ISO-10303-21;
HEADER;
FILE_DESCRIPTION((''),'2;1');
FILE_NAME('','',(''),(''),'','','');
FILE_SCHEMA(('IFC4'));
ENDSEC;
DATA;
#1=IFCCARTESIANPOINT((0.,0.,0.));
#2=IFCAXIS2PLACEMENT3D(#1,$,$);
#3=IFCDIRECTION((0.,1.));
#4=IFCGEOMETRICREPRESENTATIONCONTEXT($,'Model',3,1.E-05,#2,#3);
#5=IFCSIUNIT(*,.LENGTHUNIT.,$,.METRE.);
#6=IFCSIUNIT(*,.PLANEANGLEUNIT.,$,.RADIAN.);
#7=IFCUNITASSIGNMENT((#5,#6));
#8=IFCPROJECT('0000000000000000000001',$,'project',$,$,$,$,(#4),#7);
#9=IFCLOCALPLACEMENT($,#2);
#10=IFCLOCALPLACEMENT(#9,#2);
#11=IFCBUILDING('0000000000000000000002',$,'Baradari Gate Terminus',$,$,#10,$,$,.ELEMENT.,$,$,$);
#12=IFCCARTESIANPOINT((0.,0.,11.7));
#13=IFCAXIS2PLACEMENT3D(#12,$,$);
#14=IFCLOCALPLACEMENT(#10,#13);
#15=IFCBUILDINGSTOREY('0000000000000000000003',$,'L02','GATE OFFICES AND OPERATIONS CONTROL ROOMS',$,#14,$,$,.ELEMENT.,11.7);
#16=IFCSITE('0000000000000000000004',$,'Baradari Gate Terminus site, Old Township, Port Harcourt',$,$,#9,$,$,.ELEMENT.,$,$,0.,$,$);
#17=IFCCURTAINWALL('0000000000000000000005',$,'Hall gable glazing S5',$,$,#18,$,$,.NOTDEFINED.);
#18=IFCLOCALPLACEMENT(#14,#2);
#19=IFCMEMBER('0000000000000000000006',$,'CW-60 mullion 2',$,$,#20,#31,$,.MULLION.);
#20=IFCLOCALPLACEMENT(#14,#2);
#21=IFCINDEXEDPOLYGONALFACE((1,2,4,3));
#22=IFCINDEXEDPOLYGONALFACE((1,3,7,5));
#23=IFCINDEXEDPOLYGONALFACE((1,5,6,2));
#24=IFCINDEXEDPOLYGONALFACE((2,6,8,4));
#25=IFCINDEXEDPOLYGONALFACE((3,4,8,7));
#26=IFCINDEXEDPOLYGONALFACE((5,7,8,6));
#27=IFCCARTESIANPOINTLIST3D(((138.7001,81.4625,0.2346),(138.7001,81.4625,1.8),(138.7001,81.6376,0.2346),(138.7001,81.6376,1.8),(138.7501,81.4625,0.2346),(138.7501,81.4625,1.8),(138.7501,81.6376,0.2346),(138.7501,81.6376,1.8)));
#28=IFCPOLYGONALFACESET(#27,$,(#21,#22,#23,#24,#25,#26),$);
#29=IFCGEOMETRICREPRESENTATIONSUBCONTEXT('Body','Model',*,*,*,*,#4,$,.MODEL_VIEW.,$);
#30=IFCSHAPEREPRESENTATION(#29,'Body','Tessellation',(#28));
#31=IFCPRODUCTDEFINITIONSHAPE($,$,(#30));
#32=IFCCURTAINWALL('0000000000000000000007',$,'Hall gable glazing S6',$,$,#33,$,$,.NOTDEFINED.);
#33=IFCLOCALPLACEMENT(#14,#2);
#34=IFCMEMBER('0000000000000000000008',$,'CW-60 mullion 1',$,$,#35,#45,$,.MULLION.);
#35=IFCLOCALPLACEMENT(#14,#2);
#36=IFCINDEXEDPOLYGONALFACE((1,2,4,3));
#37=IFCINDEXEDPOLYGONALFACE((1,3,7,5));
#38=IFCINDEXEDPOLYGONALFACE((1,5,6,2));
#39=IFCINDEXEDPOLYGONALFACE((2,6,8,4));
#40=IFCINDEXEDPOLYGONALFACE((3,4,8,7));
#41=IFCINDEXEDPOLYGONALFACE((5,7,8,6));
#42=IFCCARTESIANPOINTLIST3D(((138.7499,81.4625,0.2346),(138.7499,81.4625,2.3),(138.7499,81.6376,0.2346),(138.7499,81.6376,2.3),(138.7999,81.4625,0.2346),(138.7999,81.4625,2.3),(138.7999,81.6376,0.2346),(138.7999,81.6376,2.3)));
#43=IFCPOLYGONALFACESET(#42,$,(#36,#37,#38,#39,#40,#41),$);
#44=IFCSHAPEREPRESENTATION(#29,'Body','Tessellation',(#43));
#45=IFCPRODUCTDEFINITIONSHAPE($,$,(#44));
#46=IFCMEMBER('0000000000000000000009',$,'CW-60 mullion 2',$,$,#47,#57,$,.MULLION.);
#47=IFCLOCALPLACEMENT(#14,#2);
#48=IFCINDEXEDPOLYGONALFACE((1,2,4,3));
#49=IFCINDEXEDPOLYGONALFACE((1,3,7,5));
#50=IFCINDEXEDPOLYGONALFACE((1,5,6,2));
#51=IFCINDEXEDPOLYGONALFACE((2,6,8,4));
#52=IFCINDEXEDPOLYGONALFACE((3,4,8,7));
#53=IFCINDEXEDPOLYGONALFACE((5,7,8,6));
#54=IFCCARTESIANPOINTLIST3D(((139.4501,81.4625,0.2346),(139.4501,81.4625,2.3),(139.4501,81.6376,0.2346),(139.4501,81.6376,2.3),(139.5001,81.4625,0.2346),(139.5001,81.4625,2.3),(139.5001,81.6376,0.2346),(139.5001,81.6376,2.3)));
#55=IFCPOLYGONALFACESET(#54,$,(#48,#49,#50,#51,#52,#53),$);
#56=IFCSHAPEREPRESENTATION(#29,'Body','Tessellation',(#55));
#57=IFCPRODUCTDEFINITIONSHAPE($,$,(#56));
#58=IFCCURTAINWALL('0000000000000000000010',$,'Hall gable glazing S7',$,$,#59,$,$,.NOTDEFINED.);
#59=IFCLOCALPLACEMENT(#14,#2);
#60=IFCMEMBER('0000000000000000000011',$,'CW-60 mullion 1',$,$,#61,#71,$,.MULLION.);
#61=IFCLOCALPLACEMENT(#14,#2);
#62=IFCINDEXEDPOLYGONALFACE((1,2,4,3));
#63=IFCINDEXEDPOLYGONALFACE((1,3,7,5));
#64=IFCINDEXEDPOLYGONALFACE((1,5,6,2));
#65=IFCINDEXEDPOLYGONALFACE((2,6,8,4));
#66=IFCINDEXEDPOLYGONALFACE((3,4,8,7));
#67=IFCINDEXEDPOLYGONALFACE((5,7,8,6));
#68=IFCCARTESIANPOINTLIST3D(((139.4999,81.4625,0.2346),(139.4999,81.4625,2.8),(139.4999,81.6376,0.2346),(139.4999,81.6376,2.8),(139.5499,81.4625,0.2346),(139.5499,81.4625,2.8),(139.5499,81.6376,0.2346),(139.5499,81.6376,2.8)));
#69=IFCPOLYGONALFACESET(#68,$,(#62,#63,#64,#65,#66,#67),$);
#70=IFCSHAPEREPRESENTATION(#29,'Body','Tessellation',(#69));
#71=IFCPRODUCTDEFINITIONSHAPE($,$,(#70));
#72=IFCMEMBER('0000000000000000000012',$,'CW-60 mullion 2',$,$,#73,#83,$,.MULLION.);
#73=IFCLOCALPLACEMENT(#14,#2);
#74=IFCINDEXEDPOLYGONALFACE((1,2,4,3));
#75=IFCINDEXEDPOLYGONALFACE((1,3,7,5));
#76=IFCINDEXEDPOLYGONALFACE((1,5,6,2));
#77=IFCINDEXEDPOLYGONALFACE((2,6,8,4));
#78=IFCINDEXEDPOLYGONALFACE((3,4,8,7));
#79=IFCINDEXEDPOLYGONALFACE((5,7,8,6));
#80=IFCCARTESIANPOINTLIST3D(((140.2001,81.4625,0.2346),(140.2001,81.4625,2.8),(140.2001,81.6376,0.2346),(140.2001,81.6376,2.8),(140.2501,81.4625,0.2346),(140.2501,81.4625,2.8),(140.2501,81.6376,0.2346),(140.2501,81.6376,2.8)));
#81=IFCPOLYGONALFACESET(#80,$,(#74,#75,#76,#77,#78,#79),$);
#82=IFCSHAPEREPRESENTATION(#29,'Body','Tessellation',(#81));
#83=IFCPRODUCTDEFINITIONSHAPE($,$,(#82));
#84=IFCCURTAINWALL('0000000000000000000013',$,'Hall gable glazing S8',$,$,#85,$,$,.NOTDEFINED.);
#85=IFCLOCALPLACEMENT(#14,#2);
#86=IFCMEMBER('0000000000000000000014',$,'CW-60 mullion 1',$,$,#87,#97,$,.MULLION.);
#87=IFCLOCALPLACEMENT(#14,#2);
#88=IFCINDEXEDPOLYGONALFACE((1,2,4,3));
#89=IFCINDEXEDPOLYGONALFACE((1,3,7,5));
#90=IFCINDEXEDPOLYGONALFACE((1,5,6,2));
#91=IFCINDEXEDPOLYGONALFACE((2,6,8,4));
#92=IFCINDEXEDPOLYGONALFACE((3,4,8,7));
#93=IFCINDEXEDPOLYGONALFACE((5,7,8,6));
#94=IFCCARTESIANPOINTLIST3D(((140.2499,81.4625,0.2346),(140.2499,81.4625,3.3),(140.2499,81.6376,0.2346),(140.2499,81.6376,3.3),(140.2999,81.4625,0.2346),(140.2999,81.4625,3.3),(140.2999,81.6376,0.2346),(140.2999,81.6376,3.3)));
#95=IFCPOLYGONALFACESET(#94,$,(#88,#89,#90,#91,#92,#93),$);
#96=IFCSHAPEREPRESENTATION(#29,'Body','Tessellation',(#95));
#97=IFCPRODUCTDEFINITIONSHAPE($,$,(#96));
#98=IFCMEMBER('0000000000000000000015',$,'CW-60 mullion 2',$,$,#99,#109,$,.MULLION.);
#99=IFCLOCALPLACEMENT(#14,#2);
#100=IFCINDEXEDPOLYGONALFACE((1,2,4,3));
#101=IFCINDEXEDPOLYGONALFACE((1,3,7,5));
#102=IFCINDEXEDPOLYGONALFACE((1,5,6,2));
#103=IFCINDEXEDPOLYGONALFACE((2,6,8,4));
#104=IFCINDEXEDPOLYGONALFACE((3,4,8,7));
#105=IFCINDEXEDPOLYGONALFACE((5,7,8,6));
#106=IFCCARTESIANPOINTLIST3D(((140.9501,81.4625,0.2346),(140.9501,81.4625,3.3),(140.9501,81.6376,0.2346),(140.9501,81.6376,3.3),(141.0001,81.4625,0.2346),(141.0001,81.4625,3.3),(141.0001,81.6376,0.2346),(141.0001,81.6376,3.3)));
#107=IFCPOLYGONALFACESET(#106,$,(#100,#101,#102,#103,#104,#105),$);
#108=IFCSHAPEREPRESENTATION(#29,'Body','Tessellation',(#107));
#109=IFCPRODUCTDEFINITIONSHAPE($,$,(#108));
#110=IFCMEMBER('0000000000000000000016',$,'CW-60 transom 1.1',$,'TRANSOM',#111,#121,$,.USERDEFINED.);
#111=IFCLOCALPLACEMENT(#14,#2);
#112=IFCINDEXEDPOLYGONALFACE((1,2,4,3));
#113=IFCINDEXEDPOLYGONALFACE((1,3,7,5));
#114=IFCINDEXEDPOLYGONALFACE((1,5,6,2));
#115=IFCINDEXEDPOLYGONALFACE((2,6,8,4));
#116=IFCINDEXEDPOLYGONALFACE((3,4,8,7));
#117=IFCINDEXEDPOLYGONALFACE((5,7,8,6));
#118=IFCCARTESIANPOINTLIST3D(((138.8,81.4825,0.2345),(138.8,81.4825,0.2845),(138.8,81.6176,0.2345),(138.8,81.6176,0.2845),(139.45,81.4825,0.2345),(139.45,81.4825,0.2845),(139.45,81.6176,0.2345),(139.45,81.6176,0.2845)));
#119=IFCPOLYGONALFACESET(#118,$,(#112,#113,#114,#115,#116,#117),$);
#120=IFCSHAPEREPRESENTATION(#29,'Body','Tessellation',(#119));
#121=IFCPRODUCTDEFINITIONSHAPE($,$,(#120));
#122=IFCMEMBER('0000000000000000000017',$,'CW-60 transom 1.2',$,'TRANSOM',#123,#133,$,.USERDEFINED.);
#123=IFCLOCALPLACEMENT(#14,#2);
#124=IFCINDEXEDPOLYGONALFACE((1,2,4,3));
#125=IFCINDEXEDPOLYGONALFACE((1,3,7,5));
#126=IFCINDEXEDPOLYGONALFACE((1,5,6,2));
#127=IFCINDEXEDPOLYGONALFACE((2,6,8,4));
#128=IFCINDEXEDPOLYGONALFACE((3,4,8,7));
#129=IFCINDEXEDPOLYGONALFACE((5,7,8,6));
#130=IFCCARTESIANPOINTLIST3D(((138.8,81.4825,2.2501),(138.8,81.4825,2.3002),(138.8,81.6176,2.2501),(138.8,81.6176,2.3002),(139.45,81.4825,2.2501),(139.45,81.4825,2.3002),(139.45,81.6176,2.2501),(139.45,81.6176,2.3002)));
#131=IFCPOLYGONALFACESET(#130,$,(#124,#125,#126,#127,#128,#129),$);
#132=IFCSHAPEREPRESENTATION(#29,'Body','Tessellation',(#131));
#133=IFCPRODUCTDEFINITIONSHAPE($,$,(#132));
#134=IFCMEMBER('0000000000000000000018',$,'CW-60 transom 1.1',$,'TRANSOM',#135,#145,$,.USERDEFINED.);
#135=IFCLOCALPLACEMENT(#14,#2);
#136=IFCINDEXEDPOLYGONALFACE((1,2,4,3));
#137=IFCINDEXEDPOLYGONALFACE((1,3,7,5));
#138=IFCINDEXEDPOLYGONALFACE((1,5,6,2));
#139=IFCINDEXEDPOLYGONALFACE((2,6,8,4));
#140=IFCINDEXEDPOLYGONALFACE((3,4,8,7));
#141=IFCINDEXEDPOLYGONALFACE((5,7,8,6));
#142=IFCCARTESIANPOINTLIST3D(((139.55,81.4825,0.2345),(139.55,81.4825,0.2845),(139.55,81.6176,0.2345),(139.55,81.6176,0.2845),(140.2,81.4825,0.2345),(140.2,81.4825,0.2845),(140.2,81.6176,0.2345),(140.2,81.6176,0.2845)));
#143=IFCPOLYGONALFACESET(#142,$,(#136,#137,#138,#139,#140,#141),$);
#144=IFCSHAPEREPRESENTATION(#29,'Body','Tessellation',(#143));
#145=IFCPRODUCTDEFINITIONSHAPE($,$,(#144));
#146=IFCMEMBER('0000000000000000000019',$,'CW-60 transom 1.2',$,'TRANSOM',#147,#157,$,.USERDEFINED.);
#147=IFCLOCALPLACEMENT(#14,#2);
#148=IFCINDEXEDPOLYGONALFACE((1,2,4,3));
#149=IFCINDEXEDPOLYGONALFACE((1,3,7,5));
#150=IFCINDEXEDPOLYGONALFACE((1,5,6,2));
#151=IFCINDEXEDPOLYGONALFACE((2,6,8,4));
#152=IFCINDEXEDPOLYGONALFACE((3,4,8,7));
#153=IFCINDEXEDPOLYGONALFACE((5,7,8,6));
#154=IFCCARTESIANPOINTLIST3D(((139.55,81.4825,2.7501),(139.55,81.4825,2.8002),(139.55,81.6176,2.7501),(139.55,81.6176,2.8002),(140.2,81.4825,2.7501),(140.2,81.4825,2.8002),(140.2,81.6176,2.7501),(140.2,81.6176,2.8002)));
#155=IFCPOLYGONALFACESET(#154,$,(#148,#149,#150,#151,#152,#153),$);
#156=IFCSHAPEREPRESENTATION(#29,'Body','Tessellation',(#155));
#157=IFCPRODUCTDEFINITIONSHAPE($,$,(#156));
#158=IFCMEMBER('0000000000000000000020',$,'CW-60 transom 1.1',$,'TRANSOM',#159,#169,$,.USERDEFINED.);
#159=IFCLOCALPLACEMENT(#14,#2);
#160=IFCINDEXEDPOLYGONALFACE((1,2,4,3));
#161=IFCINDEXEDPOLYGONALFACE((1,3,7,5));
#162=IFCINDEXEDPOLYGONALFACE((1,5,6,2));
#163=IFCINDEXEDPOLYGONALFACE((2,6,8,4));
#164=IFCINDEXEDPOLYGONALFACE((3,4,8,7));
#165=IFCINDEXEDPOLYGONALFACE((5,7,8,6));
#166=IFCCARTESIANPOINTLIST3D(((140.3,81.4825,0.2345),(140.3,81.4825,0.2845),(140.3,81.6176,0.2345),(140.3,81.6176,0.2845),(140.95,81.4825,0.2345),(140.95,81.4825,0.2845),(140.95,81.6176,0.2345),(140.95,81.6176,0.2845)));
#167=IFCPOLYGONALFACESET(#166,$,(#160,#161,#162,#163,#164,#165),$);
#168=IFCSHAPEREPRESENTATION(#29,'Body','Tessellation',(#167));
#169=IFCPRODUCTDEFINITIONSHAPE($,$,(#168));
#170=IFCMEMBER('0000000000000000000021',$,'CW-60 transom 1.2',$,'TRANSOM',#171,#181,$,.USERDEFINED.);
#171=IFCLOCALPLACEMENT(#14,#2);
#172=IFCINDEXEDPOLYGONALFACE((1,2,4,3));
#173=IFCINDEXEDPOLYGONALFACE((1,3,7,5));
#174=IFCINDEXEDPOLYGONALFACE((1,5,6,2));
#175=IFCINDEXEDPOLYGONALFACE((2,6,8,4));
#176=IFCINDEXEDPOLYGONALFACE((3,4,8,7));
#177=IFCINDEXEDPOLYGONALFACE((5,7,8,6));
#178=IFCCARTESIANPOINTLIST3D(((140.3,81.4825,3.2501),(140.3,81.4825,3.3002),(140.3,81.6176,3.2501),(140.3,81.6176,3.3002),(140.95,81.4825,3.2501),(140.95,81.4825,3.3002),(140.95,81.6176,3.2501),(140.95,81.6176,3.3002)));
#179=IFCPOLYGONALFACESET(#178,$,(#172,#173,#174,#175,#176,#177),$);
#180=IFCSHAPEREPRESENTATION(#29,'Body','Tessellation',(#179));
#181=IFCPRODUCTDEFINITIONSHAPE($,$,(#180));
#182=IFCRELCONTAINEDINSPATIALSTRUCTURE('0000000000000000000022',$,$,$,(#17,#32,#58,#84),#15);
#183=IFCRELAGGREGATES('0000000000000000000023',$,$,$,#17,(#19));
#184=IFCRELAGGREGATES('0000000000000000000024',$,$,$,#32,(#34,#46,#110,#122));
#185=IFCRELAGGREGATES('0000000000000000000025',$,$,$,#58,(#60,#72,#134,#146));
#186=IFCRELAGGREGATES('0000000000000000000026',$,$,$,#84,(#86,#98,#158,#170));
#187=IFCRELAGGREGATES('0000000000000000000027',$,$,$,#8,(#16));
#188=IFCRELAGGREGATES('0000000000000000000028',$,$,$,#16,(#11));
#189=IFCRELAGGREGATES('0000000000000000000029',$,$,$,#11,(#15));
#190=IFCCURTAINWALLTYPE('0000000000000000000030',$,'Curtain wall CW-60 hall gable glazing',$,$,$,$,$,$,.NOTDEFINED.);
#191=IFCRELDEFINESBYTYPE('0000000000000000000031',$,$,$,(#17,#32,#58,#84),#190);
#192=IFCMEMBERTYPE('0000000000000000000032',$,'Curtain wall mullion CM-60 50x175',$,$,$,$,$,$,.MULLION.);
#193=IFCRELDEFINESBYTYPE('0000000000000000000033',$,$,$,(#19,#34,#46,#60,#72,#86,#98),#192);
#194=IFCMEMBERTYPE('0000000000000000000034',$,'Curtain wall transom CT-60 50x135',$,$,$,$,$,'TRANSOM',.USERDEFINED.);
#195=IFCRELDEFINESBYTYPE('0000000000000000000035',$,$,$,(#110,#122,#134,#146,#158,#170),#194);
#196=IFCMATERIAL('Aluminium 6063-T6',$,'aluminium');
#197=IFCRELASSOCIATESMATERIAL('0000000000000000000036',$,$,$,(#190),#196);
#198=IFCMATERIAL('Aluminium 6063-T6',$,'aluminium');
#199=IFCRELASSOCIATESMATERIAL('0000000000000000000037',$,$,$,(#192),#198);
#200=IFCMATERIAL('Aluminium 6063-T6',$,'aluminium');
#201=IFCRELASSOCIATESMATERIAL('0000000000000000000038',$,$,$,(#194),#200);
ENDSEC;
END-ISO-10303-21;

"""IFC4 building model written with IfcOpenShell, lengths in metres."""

from ifc_helpers import new_model, si_unit, direction, frame, origin, origin_2d, place, context, subcontext, project, spatial, rectangle, extrude, material, material_profile, profile_set, type_object, element, aggregate, save


model = new_model("IFC4")

# Units and contexts
model_context = context("Model", 3, precision=1e-05, world=origin(), true_north=direction((0.0, 1.0)))
body_context = subcontext(model_context, "Body", "Model", "MODEL_VIEW")
ifc_project = project(units=[si_unit("LENGTHUNIT", "METRE"), si_unit("PLANEANGLEUNIT", "RADIAN")], contexts=[model_context])

# Site, building, storey
site_placement = place(None, origin())
site = spatial("IfcSite", under=ifc_project, at=site_placement, Name="Baradari Gate Terminus site, Old Township, Port Harcourt", CompositionType="ELEMENT", RefElevation=0.0)
building_placement = place(site_placement, origin())
building = spatial("IfcBuilding", under=site, at=building_placement, Name="Baradari Gate Terminus", CompositionType="ELEMENT")
storey_placement = place(building_placement, frame((0.0, 0.0, 11.7)))
storey = spatial("IfcBuildingStorey", under=building, at=storey_placement, Name="L02", Description="GATE OFFICES AND OPERATIONS CONTROL ROOMS", CompositionType="ELEMENT", Elevation=11.7)

# Curtain wall, member
ifc_material_1 = material(Name="Aluminium 6063-T6", Category="aluminium")
curtain_wall_type = type_object("IfcCurtainWallType", Name="Curtain wall CW-60 hall gable glazing", PredefinedType="NOTDEFINED", material=ifc_material_1)
curtain_wall_1_placement = place(storey_placement, origin())
curtain_wall_1 = element("IfcCurtainWall", 1, at=curtain_wall_1_placement, inside=storey, type_object=curtain_wall_type, Name="Hall gable glazing S5", PredefinedType="NOTDEFINED")
ifc_material_2 = material(Name="Aluminium 6063-T6", Category="aluminium")
ifc_material_profile_1 = material_profile(ifc_material_2, rectangle(XDim=0.175, YDim=0.05, at=origin_2d()), Name="CM-60 50X175")
ifc_profile_set_1 = profile_set([ifc_material_profile_1], Name="Aluminium 6063-T6")
member_type_1 = type_object("IfcMemberType", Name="Curtain wall mullion CM-60 50x175", PredefinedType="MULLION", material=ifc_profile_set_1)
member_1_placement = place(storey_placement, frame((138.7251, 81.55, 0.2346), z_axis=(0.0, 0.0, 1.0), x_axis=(0.0, 1.0, 0.0)))
member_1 = element("IfcMember", 2, at=member_1_placement, type_object=member_type_1, Name="CW-60 mullion 2", PredefinedType="MULLION", context=body_context, shape_type="SweptSolid", body=[
    extrude(rectangle(XDim=0.175, YDim=0.05, at=origin_2d()), origin(), (0.0, 0.0, 1.0), 1.5654),
])
aggregate(curtain_wall_1, [member_1])

# Curtain walls, members
curtain_wall_2_placement = place(storey_placement, origin())
curtain_wall_2 = element("IfcCurtainWall", 3, at=curtain_wall_2_placement, inside=storey, type_object=curtain_wall_type, Name="Hall gable glazing S6", PredefinedType="NOTDEFINED")
member_2_placement = place(storey_placement, frame((138.7749, 81.55, 0.2346), z_axis=(0.0, 0.0, 1.0), x_axis=(0.0, 1.0, 0.0)))
member_2 = element("IfcMember", 4, at=member_2_placement, type_object=member_type_1, Name="CW-60 mullion 1", PredefinedType="MULLION", context=body_context, shape_type="SweptSolid", body=[
    extrude(rectangle(XDim=0.175, YDim=0.05, at=origin_2d()), origin(), (0.0, 0.0, 1.0), 2.0654),
])
member_3_placement = place(storey_placement, frame((139.4751, 81.55, 0.2346), z_axis=(0.0, 0.0, 1.0), x_axis=(0.0, 1.0, 0.0)))
member_3 = element("IfcMember", 5, at=member_3_placement, type_object=member_type_1, Name="CW-60 mullion 2", PredefinedType="MULLION", context=body_context, shape_type="SweptSolid", body=[
    extrude(rectangle(XDim=0.175, YDim=0.05, at=origin_2d()), origin(), (0.0, 0.0, 1.0), 2.0654),
])
curtain_wall_3_placement = place(storey_placement, origin())
curtain_wall_3 = element("IfcCurtainWall", 6, at=curtain_wall_3_placement, inside=storey, type_object=curtain_wall_type, Name="Hall gable glazing S7", PredefinedType="NOTDEFINED")
member_4_placement = place(storey_placement, frame((139.5249, 81.55, 0.2346), z_axis=(0.0, 0.0, 1.0), x_axis=(0.0, 1.0, 0.0)))
member_4 = element("IfcMember", 7, at=member_4_placement, type_object=member_type_1, Name="CW-60 mullion 1", PredefinedType="MULLION", context=body_context, shape_type="SweptSolid", body=[
    extrude(rectangle(XDim=0.175, YDim=0.05, at=origin_2d()), origin(), (0.0, 0.0, 1.0), 2.5654),
])
member_5_placement = place(storey_placement, frame((140.2251, 81.55, 0.2346), z_axis=(0.0, 0.0, 1.0), x_axis=(0.0, 1.0, 0.0)))
member_5 = element("IfcMember", 8, at=member_5_placement, type_object=member_type_1, Name="CW-60 mullion 2", PredefinedType="MULLION", context=body_context, shape_type="SweptSolid", body=[
    extrude(rectangle(XDim=0.175, YDim=0.05, at=origin_2d()), origin(), (0.0, 0.0, 1.0), 2.5654),
])
curtain_wall_4_placement = place(storey_placement, origin())
curtain_wall_4 = element("IfcCurtainWall", 9, at=curtain_wall_4_placement, inside=storey, type_object=curtain_wall_type, Name="Hall gable glazing S8", PredefinedType="NOTDEFINED")
member_6_placement = place(storey_placement, frame((140.2749, 81.55, 0.2346), z_axis=(0.0, 0.0, 1.0), x_axis=(0.0, 1.0, 0.0)))
member_6 = element("IfcMember", 10, at=member_6_placement, type_object=member_type_1, Name="CW-60 mullion 1", PredefinedType="MULLION", context=body_context, shape_type="SweptSolid", body=[
    extrude(rectangle(XDim=0.175, YDim=0.05, at=origin_2d()), origin(), (0.0, 0.0, 1.0), 3.0654),
])
member_7_placement = place(storey_placement, frame((140.9751, 81.55, 0.2346), z_axis=(0.0, 0.0, 1.0), x_axis=(0.0, 1.0, 0.0)))
member_7 = element("IfcMember", 11, at=member_7_placement, type_object=member_type_1, Name="CW-60 mullion 2", PredefinedType="MULLION", context=body_context, shape_type="SweptSolid", body=[
    extrude(rectangle(XDim=0.175, YDim=0.05, at=origin_2d()), origin(), (0.0, 0.0, 1.0), 3.0654),
])

# Members
ifc_material_3 = material(Name="Aluminium 6063-T6", Category="aluminium")
ifc_material_profile_2 = material_profile(ifc_material_3, rectangle(XDim=0.135, YDim=0.05, at=origin_2d()), Name="CT-60 50X135")
ifc_profile_set_2 = profile_set([ifc_material_profile_2], Name="Aluminium 6063-T6")
member_type_2 = type_object("IfcMemberType", Name="Curtain wall transom CT-60 50x135", ElementType="TRANSOM", PredefinedType="USERDEFINED", material=ifc_profile_set_2)
member_8_placement = place(storey_placement, frame((138.8, 81.55, 0.2595), z_axis=(1.0, 0.0, 0.0), x_axis=(0.0, 1.0, 0.0)))
member_8 = element("IfcMember", 12, at=member_8_placement, type_object=member_type_2, Name="CW-60 transom 1.1", ObjectType="TRANSOM", PredefinedType="USERDEFINED", context=body_context, shape_type="SweptSolid", body=[
    extrude(rectangle(XDim=0.135, YDim=0.05, at=origin_2d()), origin(), (0.0, 0.0, 1.0), 0.6499),
])
member_9_placement = place(storey_placement, frame((138.8, 81.55, 2.2751), z_axis=(1.0, 0.0, 0.0), x_axis=(0.0, 1.0, 0.0)))
member_9 = element("IfcMember", 13, at=member_9_placement, type_object=member_type_2, Name="CW-60 transom 1.2", ObjectType="TRANSOM", PredefinedType="USERDEFINED", context=body_context, shape_type="SweptSolid", body=[
    extrude(rectangle(XDim=0.135, YDim=0.05, at=origin_2d()), origin(), (0.0, 0.0, 1.0), 0.6499),
])
member_10_placement = place(storey_placement, frame((139.55, 81.55, 0.2595), z_axis=(1.0, 0.0, 0.0), x_axis=(0.0, 1.0, 0.0)))
member_10 = element("IfcMember", 14, at=member_10_placement, type_object=member_type_2, Name="CW-60 transom 1.1", ObjectType="TRANSOM", PredefinedType="USERDEFINED", context=body_context, shape_type="SweptSolid", body=[
    extrude(rectangle(XDim=0.135, YDim=0.05, at=origin_2d()), origin(), (0.0, 0.0, 1.0), 0.6499),
])
member_11_placement = place(storey_placement, frame((139.55, 81.55, 2.7751), z_axis=(1.0, 0.0, 0.0), x_axis=(0.0, 1.0, 0.0)))
member_11 = element("IfcMember", 15, at=member_11_placement, type_object=member_type_2, Name="CW-60 transom 1.2", ObjectType="TRANSOM", PredefinedType="USERDEFINED", context=body_context, shape_type="SweptSolid", body=[
    extrude(rectangle(XDim=0.135, YDim=0.05, at=origin_2d()), origin(), (0.0, 0.0, 1.0), 0.6499),
])
member_12_placement = place(storey_placement, frame((140.3, 81.55, 0.2595), z_axis=(1.0, 0.0, 0.0), x_axis=(0.0, 1.0, 0.0)))
member_12 = element("IfcMember", 16, at=member_12_placement, type_object=member_type_2, Name="CW-60 transom 1.1", ObjectType="TRANSOM", PredefinedType="USERDEFINED", context=body_context, shape_type="SweptSolid", body=[
    extrude(rectangle(XDim=0.135, YDim=0.05, at=origin_2d()), origin(), (0.0, 0.0, 1.0), 0.6499),
])
member_13_placement = place(storey_placement, frame((140.3, 81.55, 3.2751), z_axis=(1.0, 0.0, 0.0), x_axis=(0.0, 1.0, 0.0)))
member_13 = element("IfcMember", 17, at=member_13_placement, type_object=member_type_2, Name="CW-60 transom 1.2", ObjectType="TRANSOM", PredefinedType="USERDEFINED", context=body_context, shape_type="SweptSolid", body=[
    extrude(rectangle(XDim=0.135, YDim=0.05, at=origin_2d()), origin(), (0.0, 0.0, 1.0), 0.6499),
])

aggregate(curtain_wall_2, [member_2, member_3, member_8, member_9])
aggregate(curtain_wall_3, [member_4, member_5, member_10, member_11])
aggregate(curtain_wall_4, [member_6, member_7, member_12, member_13])

save(model, "model.ifc")
